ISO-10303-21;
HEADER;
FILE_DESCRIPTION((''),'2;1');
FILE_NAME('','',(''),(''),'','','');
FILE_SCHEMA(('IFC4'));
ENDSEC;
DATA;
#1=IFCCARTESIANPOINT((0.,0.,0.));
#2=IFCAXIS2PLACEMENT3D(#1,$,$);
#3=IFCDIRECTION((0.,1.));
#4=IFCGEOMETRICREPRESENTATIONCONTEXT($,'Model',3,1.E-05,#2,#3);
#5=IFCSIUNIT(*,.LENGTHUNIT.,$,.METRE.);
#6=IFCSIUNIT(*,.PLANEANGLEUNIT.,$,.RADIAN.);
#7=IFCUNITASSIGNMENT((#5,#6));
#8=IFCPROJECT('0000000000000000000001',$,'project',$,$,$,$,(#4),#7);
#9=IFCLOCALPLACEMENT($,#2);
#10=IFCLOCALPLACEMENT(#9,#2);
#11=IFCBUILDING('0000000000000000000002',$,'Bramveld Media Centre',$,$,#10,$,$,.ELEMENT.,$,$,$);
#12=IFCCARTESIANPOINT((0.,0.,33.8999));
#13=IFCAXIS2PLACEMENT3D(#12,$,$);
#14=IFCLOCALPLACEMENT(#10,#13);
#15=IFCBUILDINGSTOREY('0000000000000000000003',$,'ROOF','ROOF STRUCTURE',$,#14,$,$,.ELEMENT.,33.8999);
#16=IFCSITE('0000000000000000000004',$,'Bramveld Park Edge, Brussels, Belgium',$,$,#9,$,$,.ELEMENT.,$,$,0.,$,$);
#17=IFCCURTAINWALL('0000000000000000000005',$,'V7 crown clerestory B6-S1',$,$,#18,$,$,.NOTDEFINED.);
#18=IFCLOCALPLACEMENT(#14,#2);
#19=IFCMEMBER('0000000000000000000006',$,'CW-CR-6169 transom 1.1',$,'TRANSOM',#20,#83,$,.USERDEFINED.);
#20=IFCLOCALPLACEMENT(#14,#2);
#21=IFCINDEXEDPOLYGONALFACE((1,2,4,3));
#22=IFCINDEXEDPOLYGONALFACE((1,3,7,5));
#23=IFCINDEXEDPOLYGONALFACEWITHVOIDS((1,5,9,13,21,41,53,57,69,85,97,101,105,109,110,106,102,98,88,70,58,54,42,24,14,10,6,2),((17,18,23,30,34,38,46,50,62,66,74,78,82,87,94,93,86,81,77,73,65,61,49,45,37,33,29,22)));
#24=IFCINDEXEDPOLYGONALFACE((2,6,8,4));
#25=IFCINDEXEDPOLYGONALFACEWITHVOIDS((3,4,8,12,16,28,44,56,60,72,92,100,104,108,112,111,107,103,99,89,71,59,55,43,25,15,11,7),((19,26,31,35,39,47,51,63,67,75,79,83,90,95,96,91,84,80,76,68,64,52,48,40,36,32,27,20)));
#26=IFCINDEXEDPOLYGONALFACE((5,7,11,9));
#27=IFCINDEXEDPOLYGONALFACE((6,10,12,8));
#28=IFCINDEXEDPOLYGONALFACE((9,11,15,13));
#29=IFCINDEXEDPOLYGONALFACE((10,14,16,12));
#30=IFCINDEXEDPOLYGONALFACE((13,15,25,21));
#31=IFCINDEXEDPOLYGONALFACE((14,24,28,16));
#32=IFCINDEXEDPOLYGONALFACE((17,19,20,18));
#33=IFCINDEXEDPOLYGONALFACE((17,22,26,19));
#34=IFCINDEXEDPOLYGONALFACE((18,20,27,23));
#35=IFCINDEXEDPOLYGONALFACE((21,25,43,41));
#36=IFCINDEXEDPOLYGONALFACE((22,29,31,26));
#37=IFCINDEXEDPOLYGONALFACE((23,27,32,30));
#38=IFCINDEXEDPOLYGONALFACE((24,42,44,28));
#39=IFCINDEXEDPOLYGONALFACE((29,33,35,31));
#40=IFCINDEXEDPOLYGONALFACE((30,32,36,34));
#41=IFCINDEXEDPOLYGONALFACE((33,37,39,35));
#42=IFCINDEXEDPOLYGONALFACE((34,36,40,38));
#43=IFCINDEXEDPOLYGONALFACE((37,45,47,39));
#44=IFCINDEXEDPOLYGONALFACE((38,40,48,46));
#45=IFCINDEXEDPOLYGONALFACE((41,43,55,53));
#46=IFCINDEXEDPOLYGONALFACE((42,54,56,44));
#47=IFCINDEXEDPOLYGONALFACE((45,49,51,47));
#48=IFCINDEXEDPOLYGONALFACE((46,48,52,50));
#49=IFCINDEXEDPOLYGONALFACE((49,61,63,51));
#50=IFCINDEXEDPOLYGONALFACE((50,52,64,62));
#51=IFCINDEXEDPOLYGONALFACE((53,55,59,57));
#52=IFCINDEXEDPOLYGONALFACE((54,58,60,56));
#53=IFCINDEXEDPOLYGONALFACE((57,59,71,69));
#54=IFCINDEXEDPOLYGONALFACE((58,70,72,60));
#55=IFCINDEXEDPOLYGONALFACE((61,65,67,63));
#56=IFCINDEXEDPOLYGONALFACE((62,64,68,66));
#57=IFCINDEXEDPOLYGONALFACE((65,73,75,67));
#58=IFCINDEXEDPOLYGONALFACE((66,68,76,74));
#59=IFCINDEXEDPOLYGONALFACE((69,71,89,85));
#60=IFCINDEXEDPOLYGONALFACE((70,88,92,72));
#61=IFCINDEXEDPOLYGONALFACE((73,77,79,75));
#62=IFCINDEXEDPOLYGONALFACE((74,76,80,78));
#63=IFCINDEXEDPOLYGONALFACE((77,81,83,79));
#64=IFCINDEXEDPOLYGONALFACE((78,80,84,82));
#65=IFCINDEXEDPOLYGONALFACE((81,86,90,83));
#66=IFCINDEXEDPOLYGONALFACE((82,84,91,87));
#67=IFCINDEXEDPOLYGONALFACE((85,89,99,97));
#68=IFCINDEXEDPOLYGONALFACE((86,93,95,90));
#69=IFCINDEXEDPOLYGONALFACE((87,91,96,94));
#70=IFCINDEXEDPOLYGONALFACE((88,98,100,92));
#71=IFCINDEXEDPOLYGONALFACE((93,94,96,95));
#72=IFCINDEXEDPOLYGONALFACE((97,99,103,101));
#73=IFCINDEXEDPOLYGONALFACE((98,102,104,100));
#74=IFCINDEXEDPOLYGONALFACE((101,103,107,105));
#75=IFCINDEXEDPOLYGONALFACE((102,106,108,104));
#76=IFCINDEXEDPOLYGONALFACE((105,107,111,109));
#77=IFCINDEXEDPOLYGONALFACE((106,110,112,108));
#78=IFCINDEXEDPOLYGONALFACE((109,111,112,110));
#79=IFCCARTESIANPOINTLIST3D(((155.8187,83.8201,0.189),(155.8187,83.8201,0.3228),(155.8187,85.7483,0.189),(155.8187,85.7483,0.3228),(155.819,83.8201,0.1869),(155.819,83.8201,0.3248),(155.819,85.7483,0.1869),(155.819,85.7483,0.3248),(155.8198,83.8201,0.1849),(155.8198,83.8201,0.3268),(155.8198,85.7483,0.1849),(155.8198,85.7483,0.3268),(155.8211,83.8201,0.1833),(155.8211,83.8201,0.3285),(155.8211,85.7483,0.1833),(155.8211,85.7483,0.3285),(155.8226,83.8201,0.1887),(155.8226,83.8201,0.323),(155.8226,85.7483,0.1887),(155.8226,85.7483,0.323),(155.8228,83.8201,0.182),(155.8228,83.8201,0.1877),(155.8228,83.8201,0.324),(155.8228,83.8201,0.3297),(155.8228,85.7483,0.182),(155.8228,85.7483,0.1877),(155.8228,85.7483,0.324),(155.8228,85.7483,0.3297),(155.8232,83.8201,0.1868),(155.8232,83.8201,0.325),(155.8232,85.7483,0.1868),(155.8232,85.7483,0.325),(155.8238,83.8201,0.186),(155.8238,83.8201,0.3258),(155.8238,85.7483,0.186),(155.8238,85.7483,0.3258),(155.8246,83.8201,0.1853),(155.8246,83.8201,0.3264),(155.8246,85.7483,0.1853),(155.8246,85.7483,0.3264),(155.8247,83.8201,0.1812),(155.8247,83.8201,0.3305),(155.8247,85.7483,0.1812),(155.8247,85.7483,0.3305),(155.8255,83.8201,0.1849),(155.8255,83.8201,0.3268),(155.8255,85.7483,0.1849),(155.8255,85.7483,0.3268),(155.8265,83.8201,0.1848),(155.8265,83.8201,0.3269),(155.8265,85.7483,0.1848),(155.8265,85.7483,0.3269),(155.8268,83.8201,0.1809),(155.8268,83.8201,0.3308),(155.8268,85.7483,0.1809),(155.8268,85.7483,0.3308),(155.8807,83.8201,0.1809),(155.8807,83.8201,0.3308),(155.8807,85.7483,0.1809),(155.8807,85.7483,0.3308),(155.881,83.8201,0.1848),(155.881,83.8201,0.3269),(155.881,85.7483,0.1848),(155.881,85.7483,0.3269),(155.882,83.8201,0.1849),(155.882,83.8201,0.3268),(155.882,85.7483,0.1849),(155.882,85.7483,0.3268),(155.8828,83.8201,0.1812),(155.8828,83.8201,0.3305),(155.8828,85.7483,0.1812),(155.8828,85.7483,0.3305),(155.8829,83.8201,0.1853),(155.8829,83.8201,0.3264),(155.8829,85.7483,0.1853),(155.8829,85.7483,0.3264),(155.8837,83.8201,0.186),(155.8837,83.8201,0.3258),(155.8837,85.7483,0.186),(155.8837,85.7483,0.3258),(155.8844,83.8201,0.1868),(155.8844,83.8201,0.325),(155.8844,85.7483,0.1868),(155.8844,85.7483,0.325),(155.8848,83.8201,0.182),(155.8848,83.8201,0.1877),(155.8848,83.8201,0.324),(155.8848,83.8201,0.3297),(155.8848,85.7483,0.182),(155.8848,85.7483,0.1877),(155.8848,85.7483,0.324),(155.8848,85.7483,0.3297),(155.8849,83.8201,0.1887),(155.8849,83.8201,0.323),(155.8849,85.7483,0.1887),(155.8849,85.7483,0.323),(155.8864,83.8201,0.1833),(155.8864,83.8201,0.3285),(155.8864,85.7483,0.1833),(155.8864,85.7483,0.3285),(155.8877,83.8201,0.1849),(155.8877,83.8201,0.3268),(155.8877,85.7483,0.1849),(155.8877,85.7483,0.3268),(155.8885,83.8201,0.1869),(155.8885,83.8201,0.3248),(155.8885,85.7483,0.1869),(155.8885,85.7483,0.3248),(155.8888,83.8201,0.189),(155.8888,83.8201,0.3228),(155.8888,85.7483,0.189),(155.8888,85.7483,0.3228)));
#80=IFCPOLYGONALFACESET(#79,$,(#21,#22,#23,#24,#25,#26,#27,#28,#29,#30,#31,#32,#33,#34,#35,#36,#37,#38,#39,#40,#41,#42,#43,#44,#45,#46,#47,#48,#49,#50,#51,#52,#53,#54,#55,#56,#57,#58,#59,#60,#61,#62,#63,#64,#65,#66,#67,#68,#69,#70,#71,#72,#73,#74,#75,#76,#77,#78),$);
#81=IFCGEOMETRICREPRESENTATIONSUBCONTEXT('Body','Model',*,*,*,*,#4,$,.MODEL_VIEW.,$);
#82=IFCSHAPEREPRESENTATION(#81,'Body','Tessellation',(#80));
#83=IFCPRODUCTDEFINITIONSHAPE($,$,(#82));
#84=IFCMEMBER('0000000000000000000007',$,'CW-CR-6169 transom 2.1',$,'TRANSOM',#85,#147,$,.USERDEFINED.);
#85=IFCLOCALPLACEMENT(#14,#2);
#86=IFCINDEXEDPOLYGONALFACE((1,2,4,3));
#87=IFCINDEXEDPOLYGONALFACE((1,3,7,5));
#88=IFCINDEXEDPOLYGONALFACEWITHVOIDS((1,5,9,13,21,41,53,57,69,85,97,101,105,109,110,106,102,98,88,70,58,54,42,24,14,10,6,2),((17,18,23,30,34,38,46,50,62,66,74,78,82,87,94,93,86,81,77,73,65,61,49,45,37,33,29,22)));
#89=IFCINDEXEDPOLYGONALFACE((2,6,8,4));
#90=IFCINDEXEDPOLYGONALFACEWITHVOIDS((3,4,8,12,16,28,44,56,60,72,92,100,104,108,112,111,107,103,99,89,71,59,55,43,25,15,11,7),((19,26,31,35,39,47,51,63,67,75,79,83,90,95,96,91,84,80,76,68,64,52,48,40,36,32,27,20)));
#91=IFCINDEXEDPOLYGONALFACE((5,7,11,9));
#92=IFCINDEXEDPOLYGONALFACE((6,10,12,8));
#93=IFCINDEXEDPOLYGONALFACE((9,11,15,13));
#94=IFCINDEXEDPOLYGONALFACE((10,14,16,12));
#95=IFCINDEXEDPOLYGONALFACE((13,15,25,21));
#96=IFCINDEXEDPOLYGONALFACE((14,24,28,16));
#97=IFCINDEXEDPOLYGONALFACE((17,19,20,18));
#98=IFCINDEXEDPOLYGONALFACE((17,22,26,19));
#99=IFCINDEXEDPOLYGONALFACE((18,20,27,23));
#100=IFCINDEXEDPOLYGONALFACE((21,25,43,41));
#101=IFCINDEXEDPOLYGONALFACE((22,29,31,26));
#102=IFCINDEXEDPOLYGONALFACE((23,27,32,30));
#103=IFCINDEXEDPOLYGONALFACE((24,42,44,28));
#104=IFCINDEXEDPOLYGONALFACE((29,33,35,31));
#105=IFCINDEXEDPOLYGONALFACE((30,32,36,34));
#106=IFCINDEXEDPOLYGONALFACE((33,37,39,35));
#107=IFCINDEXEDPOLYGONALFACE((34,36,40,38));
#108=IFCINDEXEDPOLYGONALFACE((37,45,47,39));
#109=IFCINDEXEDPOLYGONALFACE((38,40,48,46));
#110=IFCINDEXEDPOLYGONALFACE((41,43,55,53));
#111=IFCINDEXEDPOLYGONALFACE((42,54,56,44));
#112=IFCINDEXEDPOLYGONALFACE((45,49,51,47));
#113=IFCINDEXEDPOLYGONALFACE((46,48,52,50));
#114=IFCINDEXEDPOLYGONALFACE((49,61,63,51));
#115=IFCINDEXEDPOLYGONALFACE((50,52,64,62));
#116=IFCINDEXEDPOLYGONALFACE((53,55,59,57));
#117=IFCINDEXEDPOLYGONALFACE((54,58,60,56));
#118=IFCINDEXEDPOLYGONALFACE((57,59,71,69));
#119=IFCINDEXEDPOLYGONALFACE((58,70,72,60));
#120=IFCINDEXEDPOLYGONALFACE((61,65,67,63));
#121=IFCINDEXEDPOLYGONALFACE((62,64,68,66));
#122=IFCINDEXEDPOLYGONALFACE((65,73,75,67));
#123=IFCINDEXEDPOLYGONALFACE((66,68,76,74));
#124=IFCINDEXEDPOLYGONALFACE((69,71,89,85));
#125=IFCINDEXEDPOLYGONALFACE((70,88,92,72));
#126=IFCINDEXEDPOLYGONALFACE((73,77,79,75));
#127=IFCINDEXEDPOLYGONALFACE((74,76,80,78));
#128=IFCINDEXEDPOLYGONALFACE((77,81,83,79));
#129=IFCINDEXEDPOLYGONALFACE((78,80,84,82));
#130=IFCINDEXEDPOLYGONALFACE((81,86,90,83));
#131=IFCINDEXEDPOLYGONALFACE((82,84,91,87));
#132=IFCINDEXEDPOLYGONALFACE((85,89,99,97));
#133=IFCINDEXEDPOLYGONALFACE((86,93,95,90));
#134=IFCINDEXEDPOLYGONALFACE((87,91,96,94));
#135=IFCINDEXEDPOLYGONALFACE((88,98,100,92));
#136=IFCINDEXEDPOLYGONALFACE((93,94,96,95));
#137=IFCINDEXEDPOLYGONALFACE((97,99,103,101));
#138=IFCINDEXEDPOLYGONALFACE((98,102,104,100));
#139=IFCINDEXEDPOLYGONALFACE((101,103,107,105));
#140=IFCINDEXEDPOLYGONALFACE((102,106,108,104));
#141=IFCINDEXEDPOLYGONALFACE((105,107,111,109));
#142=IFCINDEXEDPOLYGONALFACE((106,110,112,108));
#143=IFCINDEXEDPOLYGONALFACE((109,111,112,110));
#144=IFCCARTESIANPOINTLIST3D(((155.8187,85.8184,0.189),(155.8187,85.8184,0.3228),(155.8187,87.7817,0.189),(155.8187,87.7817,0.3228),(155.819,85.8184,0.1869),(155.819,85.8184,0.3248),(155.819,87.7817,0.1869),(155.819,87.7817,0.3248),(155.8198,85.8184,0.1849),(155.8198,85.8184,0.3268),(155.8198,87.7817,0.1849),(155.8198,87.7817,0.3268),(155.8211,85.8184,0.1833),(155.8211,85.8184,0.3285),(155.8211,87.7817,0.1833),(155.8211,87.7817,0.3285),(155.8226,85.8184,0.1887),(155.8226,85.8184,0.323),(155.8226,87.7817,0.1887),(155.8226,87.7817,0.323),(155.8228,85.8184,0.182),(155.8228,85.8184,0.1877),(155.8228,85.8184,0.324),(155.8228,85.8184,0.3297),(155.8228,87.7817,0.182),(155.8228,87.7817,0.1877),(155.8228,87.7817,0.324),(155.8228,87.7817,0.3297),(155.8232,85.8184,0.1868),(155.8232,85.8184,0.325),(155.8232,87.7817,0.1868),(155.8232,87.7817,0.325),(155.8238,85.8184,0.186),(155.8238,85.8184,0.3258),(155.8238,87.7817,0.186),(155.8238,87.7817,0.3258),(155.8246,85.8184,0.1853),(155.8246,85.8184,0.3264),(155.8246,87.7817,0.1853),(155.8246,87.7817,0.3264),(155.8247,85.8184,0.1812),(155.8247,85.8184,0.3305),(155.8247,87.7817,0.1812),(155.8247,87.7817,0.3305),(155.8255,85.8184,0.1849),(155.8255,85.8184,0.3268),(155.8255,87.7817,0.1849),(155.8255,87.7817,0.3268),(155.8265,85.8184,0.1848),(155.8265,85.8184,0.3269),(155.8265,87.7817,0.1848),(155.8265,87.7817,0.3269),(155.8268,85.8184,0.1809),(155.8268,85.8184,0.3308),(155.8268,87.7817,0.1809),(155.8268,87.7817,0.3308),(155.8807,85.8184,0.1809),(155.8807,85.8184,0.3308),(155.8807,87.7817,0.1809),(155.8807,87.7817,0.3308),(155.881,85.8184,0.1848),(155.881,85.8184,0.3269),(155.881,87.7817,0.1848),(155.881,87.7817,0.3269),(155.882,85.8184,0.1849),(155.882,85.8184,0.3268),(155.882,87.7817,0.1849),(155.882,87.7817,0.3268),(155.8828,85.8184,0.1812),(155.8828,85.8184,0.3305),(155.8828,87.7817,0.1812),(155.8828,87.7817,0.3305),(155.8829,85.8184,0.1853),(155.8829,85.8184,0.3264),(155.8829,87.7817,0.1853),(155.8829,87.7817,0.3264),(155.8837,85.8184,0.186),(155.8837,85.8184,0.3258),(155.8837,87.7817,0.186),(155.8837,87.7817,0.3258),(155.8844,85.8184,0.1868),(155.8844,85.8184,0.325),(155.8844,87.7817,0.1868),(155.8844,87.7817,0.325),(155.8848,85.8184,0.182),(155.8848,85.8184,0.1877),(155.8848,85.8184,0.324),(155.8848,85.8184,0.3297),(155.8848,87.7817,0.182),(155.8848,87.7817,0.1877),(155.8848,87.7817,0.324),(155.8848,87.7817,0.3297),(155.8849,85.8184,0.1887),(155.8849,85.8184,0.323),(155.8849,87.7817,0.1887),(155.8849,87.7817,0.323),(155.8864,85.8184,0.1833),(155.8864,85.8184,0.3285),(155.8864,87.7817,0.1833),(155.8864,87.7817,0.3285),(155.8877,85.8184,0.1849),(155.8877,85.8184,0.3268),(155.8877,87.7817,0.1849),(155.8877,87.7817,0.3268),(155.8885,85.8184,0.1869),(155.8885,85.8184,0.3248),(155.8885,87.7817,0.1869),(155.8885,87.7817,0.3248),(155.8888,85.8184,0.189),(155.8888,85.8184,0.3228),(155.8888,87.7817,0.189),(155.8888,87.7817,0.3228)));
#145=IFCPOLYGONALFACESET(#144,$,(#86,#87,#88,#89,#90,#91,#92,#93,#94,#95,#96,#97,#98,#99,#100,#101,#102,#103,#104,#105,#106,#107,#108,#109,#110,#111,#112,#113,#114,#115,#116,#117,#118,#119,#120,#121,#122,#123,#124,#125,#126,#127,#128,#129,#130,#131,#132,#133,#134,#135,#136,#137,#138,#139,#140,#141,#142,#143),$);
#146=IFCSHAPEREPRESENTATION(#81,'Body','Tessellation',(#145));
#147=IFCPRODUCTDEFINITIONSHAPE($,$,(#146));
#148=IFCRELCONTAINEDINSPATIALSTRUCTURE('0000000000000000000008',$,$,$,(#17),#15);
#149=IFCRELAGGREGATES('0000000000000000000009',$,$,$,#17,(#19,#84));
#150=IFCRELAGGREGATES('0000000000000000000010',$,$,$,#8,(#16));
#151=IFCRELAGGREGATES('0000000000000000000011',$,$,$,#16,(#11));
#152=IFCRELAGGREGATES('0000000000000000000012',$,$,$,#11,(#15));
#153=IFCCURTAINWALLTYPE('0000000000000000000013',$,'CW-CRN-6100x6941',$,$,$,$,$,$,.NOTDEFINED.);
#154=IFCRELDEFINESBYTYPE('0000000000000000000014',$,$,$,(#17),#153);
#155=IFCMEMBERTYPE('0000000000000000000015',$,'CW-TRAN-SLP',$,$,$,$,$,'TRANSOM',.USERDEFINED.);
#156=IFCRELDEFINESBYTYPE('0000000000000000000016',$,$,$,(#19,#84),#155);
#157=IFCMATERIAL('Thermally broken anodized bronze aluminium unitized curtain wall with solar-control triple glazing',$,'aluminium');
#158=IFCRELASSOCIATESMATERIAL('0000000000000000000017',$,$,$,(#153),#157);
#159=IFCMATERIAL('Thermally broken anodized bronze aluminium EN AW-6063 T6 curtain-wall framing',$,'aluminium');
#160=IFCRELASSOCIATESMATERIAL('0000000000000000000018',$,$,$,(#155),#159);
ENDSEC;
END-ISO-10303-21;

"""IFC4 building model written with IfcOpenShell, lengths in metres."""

from ifc_helpers import new_model, si_unit, direction, frame, origin, origin_2d, place, context, subcontext, project, spatial, hollow_rectangle, extrude, material, material_profile, profile_set, type_object, element, aggregate, save


model = new_model("IFC4")

# Units and contexts
model_context = context("Model", 3, precision=1e-05, world=origin(), true_north=direction((0.0, 1.0)))
body_context = subcontext(model_context, "Body", "Model", "MODEL_VIEW")
ifc_project = project(units=[si_unit("LENGTHUNIT", "METRE"), si_unit("PLANEANGLEUNIT", "RADIAN")], contexts=[model_context])

# Site, building, storey
site_placement = place(None, origin())
site = spatial("IfcSite", under=ifc_project, at=site_placement, Name="Bramveld Park Edge, Brussels, Belgium", CompositionType="ELEMENT", RefElevation=0.0)
building_placement = place(site_placement, origin())
building = spatial("IfcBuilding", under=site, at=building_placement, Name="Bramveld Media Centre", CompositionType="ELEMENT")
storey_placement = place(building_placement, frame((0.0, 0.0, 33.8999)))
storey = spatial("IfcBuildingStorey", under=building, at=storey_placement, Name="ROOF", Description="ROOF STRUCTURE", CompositionType="ELEMENT", Elevation=33.8999)

# Curtain wall
ifc_material_1 = material(Name="Thermally broken anodized bronze aluminium unitized curtain wall with solar-control triple glazing", Category="aluminium")
curtain_wall_type = type_object("IfcCurtainWallType", Name="CW-CRN-6100x6941", PredefinedType="NOTDEFINED", material=ifc_material_1)
curtain_wall_1_placement = place(storey_placement, origin())
curtain_wall_1 = element("IfcCurtainWall", 1, at=curtain_wall_1_placement, inside=storey, type_object=curtain_wall_type, Name="V7 crown clerestory B6-S1", PredefinedType="NOTDEFINED")

# Members
ifc_material_2 = material(Name="Thermally broken anodized bronze aluminium EN AW-6063 T6 curtain-wall framing", Category="aluminium")
ifc_material_profile_1 = material_profile(ifc_material_2, hollow_rectangle(XDim=0.0701, YDim=0.1499, WallThickness=0.0039, InnerFilletRadius=0.0039, OuterFilletRadius=0.0081, at=origin_2d()), Name="AL-TRAN 70x150")
ifc_profile_set_1 = profile_set([ifc_material_profile_1], Name="Thermally broken anodized bronze aluminium EN AW-6063 T6 curtain-wall framing")
member_type_1 = type_object("IfcMemberType", Name="CW-TRAN-SLP", ElementType="TRANSOM", PredefinedType="USERDEFINED", material=ifc_profile_set_1)
member_1_placement = place(storey_placement, frame((155.8538, 83.8201, 0.2559), z_axis=(0.0, 1.0, 0.0), x_axis=(-1.0, 0.0, 0.0)))
member_1 = element("IfcMember", 2, at=member_1_placement, type_object=member_type_1, Name="CW-CR-6169 transom 1.1", ObjectType="TRANSOM", PredefinedType="USERDEFINED", context=body_context, shape_type="SweptSolid", body=[
    extrude(hollow_rectangle(XDim=0.0701, YDim=0.1499, WallThickness=0.0039, InnerFilletRadius=0.0039, OuterFilletRadius=0.0081, at=origin_2d()), origin(), (0.0, 0.0, 1.0), 1.9282),
])
member_2_placement = place(storey_placement, frame((155.8538, 85.8184, 0.2559), z_axis=(0.0, 1.0, 0.0), x_axis=(-1.0, 0.0, 0.0)))
member_2 = element("IfcMember", 3, at=member_2_placement, type_object=member_type_1, Name="CW-CR-6169 transom 2.1", ObjectType="TRANSOM", PredefinedType="USERDEFINED", context=body_context, shape_type="SweptSolid", body=[
    extrude(hollow_rectangle(XDim=0.0701, YDim=0.1499, WallThickness=0.0039, InnerFilletRadius=0.0039, OuterFilletRadius=0.0081, at=origin_2d()), origin(), (0.0, 0.0, 1.0), 1.9634),
])

aggregate(curtain_wall_1, [member_1, member_2])

save(model, "model.ifc")
